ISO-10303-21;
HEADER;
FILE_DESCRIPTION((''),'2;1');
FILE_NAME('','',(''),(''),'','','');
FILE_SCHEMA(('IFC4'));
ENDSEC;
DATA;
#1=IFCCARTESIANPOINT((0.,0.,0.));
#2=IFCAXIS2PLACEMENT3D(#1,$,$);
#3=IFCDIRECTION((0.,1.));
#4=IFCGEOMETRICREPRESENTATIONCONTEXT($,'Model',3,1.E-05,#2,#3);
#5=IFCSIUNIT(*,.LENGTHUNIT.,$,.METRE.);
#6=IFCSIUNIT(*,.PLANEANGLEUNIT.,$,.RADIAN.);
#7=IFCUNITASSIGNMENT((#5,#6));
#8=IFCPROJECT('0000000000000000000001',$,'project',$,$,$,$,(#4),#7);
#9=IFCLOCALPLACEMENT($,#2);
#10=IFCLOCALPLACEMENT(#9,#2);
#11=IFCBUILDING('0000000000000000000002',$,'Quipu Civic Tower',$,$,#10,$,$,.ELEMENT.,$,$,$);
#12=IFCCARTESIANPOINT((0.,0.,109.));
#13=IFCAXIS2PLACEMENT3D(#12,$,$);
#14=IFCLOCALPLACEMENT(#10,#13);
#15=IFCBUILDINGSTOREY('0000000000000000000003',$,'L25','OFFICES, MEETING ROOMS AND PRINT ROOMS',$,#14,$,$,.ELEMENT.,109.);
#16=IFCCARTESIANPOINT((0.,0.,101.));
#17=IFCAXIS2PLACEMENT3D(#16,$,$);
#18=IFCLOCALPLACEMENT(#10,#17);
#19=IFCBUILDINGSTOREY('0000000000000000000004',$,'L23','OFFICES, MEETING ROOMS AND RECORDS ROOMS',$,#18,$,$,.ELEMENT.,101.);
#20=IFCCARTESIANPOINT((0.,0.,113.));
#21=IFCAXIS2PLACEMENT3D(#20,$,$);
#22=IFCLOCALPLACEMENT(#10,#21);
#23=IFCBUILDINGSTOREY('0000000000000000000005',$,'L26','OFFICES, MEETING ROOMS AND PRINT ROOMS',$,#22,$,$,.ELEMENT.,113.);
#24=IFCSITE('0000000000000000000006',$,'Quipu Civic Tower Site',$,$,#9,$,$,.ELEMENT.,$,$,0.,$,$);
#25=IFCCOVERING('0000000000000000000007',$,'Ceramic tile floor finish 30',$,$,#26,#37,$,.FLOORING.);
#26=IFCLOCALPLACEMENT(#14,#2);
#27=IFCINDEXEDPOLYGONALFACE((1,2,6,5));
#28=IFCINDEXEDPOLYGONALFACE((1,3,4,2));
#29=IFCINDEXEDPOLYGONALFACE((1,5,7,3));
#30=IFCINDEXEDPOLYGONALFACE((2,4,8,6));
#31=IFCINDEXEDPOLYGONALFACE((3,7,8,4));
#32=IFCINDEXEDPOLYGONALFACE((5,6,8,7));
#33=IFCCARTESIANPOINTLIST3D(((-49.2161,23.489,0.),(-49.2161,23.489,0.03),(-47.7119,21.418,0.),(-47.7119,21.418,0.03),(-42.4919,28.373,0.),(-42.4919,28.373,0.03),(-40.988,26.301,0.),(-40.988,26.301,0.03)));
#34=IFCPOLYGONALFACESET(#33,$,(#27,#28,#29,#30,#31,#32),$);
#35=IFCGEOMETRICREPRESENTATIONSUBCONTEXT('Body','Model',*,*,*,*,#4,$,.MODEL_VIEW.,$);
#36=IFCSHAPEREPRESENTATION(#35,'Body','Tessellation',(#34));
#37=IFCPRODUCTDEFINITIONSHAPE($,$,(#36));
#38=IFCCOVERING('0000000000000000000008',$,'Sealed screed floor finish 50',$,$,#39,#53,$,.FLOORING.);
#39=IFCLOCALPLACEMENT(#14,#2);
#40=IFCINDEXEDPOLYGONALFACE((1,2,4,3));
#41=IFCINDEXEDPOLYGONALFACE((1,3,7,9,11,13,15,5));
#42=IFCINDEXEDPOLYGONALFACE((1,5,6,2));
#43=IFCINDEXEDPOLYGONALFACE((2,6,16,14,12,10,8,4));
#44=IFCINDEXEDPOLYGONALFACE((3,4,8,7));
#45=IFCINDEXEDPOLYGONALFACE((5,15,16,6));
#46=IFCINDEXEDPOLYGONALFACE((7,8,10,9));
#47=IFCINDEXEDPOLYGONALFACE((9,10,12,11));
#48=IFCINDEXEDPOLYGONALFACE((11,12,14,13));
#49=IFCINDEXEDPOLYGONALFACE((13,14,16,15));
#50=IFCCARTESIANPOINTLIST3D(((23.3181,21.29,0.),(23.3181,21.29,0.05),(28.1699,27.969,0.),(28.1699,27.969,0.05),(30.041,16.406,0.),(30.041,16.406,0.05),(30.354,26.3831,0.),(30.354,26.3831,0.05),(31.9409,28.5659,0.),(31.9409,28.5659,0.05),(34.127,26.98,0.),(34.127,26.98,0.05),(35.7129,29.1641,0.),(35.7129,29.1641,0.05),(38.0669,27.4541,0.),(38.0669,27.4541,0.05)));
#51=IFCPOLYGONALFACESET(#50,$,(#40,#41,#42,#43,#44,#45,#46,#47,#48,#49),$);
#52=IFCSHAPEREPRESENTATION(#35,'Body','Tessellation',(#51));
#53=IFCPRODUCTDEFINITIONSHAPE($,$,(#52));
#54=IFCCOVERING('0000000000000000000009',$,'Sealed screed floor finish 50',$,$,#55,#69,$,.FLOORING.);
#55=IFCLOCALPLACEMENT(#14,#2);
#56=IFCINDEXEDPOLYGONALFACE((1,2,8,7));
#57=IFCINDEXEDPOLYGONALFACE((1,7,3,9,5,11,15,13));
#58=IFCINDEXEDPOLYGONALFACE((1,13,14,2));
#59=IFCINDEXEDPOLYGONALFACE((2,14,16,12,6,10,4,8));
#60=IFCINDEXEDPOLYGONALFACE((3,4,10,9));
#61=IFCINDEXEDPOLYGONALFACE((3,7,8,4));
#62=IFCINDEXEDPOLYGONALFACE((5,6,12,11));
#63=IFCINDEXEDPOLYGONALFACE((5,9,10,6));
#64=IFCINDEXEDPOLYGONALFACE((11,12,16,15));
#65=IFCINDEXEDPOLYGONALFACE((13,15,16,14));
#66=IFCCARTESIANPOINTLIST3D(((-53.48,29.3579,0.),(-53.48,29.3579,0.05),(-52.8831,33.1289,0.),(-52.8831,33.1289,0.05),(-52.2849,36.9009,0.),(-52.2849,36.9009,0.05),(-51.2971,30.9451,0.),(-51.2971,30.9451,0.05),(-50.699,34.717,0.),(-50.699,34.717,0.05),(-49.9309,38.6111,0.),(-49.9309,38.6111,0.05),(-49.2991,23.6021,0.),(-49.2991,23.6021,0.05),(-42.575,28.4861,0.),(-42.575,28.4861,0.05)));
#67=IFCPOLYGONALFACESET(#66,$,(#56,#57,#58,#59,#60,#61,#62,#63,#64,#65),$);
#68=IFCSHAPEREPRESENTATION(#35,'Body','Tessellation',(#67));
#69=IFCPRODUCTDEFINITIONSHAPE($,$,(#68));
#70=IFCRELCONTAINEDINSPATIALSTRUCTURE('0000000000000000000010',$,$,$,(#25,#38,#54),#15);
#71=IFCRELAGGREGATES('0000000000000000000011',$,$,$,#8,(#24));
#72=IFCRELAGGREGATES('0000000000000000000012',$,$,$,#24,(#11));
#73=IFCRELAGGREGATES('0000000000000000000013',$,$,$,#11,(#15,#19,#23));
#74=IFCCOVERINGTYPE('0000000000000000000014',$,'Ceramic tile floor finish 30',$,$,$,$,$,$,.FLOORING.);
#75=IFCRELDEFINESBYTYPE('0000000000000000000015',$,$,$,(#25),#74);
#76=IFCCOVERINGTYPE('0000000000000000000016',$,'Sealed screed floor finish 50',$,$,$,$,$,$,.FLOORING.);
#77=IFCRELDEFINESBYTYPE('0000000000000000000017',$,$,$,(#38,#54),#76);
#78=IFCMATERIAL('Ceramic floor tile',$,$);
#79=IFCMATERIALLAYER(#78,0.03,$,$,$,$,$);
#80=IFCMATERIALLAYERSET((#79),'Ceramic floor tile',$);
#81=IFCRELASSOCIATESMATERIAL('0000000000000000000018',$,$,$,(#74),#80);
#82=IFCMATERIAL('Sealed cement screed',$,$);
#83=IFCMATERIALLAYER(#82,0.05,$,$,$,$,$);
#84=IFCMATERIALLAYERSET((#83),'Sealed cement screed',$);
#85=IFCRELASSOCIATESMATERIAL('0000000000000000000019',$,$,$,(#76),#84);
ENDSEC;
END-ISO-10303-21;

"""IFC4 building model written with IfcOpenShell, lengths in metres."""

from ifc_helpers import new_model, si_unit, direction, frame, origin, place, context, subcontext, project, spatial, polyline, outline, extrude, material, layer, layer_set, type_object, element, save


model = new_model("IFC4")

# Units and contexts
model_context = context("Model", 3, precision=1e-05, world=origin(), true_north=direction((0.0, 1.0)))
body_context = subcontext(model_context, "Body", "Model", "MODEL_VIEW")
ifc_project = project(units=[si_unit("LENGTHUNIT", "METRE"), si_unit("PLANEANGLEUNIT", "RADIAN")], contexts=[model_context])

# Site, building, storey
site_placement = place(None, origin())
site = spatial("IfcSite", under=ifc_project, at=site_placement, Name="Quipu Civic Tower Site", CompositionType="ELEMENT", RefElevation=0.0)
building_placement = place(site_placement, origin())
building = spatial("IfcBuilding", under=site, at=building_placement, Name="Quipu Civic Tower", CompositionType="ELEMENT")
storey_1_placement = place(building_placement, frame((0.0, 0.0, 109.0)))
storey_1 = spatial("IfcBuildingStorey", under=building, at=storey_1_placement, Name="L25", Description="OFFICES, MEETING ROOMS AND PRINT ROOMS", CompositionType="ELEMENT", Elevation=109.0)

# Shared definitions
storey_2_placement = place(building_placement, frame((0.0, 0.0, 101.0)))
storey_2 = spatial("IfcBuildingStorey", under=building, at=storey_2_placement, Name="L23", Description="OFFICES, MEETING ROOMS AND RECORDS ROOMS", CompositionType="ELEMENT", Elevation=101.0)

# Shared definitions
storey_3_placement = place(building_placement, frame((0.0, 0.0, 113.0)))
storey_3 = spatial("IfcBuildingStorey", under=building, at=storey_3_placement, Name="L26", Description="OFFICES, MEETING ROOMS AND PRINT ROOMS", CompositionType="ELEMENT", Elevation=113.0)

# Coverings
ifc_material_1 = material(Name="Ceramic floor tile")
ifc_layer_1 = layer(ifc_material_1, 0.03)
ifc_layer_set_1 = layer_set([ifc_layer_1], Name="Ceramic floor tile")
covering_type_1 = type_object("IfcCoveringType", Name="Ceramic tile floor finish 30", PredefinedType="FLOORING", material=ifc_layer_set_1)
covering_1_placement = place(storey_1_placement, origin())
element("IfcCovering", 1, at=covering_1_placement, inside=storey_1, type_object=covering_type_1, Name="Ceramic tile floor finish 30", PredefinedType="FLOORING", context=body_context, shape_type="SweptSolid", body=[
    extrude(outline(polyline([(-49.2161, 23.489), (-42.4919, 28.373), (-40.988, 26.301), (-47.7119, 21.418), (-49.2161, 23.489)])), origin(), (0.0, 0.0, 1.0), 0.03),
])
ifc_material_2 = material(Name="Sealed cement screed")
ifc_layer_2 = layer(ifc_material_2, 0.05)
ifc_layer_set_2 = layer_set([ifc_layer_2], Name="Sealed cement screed")
covering_type_2 = type_object("IfcCoveringType", Name="Sealed screed floor finish 50", PredefinedType="FLOORING", material=ifc_layer_set_2)
covering_2_placement = place(storey_1_placement, origin())
element("IfcCovering", 2, at=covering_2_placement, inside=storey_1, type_object=covering_type_2, Name="Sealed screed floor finish 50", PredefinedType="FLOORING", context=body_context, shape_type="SweptSolid", body=[
    extrude(outline(polyline([(23.3181, 21.29), (28.1699, 27.969), (30.354, 26.3831), (31.9409, 28.5659), (34.127, 26.98), (35.7129, 29.1641), (38.0669, 27.4541), (30.041, 16.406), (23.3181, 21.29)])), origin(), (0.0, 0.0, 1.0), 0.05),
])
covering_3_placement = place(storey_1_placement, origin())
element("IfcCovering", 3, at=covering_3_placement, inside=storey_1, type_object=covering_type_2, Name="Sealed screed floor finish 50", PredefinedType="FLOORING", context=body_context, shape_type="SweptSolid", body=[
    extrude(outline(polyline([(-53.48, 29.3579), (-51.2971, 30.9451), (-52.8831, 33.1289), (-50.699, 34.717), (-52.2849, 36.9009), (-49.9309, 38.6111), (-42.575, 28.4861), (-49.2991, 23.6021), (-53.48, 29.3579)])), origin(), (0.0, 0.0, 1.0), 0.05),
])

save(model, "model.ifc")
